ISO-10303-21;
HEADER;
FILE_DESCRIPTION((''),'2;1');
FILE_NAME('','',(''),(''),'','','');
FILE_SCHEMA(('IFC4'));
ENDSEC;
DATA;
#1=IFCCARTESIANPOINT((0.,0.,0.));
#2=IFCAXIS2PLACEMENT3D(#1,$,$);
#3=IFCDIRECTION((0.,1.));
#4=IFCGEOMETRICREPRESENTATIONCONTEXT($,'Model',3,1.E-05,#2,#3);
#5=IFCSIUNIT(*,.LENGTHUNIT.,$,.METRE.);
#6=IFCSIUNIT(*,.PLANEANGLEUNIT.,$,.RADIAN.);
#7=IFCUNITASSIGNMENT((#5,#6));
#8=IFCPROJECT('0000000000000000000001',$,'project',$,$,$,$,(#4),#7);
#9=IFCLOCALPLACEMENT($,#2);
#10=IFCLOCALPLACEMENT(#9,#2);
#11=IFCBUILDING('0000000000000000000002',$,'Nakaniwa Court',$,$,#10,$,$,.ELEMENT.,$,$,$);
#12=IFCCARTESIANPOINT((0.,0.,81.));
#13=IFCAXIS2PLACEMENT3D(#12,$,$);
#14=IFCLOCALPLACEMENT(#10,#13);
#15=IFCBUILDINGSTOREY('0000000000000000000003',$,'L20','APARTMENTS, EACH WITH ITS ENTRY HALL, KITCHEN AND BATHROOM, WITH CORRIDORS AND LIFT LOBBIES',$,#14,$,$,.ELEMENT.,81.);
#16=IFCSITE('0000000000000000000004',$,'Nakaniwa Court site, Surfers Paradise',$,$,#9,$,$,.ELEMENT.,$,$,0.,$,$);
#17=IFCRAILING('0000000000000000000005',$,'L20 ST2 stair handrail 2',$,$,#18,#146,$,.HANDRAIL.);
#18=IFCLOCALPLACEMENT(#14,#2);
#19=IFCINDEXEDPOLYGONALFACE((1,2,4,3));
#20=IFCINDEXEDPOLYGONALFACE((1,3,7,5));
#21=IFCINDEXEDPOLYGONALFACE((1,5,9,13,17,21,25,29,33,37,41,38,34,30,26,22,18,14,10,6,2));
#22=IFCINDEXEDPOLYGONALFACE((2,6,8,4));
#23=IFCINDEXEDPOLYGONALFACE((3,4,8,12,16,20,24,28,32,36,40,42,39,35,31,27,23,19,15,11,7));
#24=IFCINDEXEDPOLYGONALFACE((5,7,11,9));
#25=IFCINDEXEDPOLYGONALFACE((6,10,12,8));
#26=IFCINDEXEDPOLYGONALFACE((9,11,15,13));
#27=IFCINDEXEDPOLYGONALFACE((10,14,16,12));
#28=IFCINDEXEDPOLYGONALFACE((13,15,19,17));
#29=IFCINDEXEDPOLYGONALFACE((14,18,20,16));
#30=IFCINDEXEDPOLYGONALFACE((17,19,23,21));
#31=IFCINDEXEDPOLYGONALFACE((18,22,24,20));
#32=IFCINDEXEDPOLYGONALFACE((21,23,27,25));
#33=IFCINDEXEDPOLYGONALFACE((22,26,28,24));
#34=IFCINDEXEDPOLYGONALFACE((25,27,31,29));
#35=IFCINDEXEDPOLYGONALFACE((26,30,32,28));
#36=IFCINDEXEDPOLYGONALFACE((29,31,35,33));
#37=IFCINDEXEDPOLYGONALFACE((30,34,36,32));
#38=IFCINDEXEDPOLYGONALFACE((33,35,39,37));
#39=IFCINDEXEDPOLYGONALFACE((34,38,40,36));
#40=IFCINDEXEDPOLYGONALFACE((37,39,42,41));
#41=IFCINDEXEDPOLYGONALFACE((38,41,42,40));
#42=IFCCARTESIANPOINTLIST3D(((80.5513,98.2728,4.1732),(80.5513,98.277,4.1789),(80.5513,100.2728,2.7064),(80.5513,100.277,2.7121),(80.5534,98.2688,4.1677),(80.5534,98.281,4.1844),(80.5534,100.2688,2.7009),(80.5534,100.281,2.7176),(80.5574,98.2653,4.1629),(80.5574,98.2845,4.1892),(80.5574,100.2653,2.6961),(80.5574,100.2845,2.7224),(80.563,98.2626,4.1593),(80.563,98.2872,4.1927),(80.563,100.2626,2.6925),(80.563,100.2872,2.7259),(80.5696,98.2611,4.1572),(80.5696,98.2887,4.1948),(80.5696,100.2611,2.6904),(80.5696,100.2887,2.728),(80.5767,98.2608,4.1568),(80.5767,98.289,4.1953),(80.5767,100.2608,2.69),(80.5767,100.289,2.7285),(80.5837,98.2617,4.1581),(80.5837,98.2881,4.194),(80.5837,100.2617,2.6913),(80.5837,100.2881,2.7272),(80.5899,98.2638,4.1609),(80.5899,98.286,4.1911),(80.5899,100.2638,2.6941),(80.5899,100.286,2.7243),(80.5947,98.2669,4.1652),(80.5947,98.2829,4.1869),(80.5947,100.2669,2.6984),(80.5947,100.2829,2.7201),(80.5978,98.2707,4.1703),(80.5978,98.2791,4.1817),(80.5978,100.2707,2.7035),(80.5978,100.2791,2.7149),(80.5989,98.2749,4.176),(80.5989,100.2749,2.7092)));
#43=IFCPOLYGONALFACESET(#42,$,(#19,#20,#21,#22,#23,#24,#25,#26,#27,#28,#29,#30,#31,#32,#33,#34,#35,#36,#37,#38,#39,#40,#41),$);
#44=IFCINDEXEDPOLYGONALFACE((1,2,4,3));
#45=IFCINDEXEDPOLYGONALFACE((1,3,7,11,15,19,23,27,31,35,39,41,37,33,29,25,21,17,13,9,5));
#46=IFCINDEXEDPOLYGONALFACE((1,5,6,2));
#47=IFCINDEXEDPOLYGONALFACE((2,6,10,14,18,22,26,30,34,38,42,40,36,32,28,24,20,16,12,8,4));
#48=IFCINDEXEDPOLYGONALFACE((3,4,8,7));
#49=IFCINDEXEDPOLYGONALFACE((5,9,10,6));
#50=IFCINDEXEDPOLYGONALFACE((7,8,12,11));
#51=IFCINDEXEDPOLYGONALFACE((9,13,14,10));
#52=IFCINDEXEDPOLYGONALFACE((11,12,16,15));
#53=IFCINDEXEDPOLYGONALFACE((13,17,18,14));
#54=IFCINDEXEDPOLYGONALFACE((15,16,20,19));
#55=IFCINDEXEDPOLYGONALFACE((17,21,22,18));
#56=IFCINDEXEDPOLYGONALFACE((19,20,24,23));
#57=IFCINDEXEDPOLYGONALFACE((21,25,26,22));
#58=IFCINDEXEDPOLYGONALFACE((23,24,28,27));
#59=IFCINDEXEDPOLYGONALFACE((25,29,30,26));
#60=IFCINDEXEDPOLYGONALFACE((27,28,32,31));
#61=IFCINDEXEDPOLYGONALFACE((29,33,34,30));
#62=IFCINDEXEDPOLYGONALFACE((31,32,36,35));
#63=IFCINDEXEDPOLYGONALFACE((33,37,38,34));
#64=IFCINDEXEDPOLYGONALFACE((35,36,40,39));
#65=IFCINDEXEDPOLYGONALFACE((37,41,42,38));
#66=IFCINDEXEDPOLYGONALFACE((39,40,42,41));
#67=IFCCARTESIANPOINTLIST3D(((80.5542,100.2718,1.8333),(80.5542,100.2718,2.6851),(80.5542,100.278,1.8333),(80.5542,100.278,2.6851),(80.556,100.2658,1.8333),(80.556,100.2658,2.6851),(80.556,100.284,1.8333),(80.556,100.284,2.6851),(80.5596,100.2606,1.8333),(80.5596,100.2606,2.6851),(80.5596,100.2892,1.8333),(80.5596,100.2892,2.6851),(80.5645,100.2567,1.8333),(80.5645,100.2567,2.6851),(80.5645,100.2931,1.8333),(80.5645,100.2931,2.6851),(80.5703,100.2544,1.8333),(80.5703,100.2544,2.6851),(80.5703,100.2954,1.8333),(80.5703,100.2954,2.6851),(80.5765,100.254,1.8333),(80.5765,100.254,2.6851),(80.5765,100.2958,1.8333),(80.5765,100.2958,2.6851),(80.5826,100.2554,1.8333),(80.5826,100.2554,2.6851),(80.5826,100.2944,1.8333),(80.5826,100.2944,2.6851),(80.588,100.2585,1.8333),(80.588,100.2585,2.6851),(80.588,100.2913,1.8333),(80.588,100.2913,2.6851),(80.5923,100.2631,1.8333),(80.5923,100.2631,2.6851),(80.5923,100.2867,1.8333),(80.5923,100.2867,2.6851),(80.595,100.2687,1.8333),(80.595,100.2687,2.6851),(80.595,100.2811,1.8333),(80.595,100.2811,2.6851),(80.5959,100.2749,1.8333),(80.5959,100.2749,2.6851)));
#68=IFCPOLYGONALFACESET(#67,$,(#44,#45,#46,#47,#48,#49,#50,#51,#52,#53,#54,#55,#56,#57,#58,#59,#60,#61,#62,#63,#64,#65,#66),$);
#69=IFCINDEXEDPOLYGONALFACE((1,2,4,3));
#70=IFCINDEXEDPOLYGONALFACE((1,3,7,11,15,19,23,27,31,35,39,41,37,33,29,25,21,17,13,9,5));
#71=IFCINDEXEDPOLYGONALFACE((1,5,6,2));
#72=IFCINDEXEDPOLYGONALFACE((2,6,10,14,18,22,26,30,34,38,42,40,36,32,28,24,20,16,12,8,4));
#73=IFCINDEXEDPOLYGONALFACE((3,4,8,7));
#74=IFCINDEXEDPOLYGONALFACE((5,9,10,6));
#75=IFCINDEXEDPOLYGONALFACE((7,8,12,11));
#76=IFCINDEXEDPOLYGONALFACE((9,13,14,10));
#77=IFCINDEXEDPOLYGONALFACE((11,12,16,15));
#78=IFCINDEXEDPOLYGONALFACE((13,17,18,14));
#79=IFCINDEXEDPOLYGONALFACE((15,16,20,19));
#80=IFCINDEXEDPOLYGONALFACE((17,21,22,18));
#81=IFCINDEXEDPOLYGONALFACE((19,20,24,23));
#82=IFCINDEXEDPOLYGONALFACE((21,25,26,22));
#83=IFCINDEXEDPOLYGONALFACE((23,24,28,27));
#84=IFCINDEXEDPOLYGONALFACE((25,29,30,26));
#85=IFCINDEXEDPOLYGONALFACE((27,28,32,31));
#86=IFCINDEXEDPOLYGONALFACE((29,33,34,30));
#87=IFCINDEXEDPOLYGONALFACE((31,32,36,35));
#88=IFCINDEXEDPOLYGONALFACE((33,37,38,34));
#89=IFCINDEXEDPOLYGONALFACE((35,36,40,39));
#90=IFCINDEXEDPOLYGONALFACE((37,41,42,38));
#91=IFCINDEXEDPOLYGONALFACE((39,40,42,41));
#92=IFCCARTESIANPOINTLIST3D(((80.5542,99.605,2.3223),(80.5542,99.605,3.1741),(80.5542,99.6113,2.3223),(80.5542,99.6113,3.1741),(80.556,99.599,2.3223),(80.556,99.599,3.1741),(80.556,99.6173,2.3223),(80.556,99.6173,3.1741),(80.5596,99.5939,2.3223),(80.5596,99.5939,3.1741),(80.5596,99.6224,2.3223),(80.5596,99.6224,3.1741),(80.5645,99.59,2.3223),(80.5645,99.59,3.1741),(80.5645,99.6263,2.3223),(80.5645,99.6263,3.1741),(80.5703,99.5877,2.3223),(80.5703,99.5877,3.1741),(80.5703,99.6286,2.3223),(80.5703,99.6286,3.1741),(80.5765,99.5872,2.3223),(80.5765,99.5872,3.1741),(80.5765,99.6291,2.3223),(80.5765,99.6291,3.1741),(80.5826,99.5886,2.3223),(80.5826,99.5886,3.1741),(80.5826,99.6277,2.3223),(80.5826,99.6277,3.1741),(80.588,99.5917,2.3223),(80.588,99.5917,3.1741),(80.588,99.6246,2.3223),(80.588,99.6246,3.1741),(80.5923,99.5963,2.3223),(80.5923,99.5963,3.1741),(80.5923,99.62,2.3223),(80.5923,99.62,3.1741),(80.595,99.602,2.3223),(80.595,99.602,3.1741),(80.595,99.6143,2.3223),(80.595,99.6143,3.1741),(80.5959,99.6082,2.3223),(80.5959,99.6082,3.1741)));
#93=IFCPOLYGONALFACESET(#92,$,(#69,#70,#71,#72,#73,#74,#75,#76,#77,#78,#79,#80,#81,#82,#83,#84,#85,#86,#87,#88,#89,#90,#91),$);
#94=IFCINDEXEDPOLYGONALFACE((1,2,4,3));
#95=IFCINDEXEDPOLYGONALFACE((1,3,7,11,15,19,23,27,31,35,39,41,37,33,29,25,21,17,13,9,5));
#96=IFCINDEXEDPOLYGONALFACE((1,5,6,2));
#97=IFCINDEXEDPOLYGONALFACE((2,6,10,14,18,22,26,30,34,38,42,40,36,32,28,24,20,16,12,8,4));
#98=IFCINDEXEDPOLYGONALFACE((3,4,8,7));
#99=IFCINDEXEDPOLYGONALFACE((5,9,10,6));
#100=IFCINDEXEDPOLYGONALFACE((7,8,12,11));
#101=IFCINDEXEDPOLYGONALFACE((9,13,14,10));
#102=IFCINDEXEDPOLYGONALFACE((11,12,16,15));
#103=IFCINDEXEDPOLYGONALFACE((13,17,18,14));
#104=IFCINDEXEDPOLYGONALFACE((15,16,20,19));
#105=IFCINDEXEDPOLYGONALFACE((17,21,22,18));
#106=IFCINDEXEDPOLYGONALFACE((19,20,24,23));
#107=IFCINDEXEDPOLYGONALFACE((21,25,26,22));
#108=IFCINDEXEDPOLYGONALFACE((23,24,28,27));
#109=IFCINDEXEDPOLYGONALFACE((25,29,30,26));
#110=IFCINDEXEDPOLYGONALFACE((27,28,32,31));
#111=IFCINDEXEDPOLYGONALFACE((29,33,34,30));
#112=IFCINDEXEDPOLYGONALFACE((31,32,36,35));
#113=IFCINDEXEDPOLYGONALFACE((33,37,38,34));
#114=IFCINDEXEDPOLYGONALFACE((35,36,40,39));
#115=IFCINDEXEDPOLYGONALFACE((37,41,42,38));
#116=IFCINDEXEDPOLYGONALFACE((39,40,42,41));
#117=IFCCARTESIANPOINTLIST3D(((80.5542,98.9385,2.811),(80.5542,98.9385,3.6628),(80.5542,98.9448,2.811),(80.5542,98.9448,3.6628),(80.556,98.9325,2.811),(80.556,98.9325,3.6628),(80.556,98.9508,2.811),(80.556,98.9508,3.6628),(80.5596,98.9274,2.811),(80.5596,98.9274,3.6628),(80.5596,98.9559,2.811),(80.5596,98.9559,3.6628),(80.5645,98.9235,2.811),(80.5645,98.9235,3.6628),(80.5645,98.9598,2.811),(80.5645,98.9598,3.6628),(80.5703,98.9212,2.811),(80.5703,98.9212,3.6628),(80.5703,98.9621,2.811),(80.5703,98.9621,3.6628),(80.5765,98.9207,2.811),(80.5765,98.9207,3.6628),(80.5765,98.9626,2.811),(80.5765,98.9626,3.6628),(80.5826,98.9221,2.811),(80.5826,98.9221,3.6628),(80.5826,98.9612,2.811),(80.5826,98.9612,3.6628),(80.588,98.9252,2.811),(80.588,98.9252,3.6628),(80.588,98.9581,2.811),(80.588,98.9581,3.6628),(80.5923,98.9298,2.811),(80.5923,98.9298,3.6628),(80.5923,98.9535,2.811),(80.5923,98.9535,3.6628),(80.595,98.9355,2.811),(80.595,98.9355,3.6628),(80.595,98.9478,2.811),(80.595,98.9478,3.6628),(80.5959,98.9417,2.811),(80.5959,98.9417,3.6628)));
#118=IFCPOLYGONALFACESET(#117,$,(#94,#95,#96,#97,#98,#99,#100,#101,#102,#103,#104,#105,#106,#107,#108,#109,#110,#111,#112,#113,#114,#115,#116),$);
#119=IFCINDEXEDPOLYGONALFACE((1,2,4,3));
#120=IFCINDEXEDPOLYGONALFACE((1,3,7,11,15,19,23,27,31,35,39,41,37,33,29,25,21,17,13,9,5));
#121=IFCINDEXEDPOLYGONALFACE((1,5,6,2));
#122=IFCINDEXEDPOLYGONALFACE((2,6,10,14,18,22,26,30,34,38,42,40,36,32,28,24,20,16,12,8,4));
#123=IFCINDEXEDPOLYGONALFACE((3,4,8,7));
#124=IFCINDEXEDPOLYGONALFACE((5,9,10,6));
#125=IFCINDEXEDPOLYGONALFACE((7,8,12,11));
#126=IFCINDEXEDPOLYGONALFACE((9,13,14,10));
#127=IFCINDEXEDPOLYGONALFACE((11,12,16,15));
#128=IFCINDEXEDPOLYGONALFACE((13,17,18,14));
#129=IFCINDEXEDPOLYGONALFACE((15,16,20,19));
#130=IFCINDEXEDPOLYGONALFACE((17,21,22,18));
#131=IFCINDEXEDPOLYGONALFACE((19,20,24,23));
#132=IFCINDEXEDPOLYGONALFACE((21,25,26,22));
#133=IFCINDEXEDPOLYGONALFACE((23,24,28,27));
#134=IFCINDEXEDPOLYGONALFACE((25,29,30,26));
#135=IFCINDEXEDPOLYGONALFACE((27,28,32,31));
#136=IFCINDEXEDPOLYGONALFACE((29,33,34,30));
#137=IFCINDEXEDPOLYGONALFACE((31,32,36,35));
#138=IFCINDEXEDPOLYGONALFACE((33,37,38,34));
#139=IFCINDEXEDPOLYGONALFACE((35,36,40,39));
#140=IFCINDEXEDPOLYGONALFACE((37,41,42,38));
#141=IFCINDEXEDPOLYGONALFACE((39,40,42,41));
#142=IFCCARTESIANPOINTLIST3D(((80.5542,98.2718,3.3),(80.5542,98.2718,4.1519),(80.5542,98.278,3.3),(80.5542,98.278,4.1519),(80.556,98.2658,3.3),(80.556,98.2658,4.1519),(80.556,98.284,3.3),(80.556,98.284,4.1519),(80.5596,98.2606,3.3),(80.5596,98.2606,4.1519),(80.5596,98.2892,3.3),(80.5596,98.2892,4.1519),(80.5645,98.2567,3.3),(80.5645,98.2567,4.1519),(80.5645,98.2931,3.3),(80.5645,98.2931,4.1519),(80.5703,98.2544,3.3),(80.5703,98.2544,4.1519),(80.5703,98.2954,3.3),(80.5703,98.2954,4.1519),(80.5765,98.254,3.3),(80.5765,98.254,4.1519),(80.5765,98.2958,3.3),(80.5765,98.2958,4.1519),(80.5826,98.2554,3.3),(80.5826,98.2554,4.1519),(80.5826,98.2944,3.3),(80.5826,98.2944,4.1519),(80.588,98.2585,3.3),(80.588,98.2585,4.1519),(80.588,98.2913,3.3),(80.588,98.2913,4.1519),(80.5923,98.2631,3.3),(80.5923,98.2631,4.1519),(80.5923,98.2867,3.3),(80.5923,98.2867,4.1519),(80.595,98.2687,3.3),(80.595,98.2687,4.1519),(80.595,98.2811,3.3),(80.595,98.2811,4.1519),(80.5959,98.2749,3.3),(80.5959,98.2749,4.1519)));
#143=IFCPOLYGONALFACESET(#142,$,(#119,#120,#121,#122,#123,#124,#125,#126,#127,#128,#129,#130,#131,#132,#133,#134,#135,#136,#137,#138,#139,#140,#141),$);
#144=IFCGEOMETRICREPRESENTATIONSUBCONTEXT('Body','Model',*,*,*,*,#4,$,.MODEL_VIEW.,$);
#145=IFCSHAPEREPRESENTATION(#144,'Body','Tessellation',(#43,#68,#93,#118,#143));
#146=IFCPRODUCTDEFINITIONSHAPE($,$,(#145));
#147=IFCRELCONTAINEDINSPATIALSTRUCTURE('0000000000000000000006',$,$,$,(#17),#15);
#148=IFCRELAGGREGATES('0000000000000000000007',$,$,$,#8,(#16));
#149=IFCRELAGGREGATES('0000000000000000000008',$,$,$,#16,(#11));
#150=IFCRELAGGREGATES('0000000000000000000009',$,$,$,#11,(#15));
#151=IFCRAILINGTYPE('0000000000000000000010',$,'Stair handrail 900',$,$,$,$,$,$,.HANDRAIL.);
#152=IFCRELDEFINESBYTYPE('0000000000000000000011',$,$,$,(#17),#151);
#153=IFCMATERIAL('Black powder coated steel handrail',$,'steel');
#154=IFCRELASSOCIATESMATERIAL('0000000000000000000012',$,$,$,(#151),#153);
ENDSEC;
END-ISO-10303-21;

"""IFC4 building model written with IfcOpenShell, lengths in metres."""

from ifc_helpers import new_model, si_unit, direction, frame, origin, origin_2d, place, context, subcontext, project, spatial, circle, extrude, material, type_object, element, save


model = new_model("IFC4")

# Units and contexts
model_context = context("Model", 3, precision=1e-05, world=origin(), true_north=direction((0.0, 1.0)))
body_context = subcontext(model_context, "Body", "Model", "MODEL_VIEW")
ifc_project = project(units=[si_unit("LENGTHUNIT", "METRE"), si_unit("PLANEANGLEUNIT", "RADIAN")], contexts=[model_context])

# Site, building, storey
site_placement = place(None, origin())
site = spatial("IfcSite", under=ifc_project, at=site_placement, Name="Nakaniwa Court site, Surfers Paradise", CompositionType="ELEMENT", RefElevation=0.0)
building_placement = place(site_placement, origin())
building = spatial("IfcBuilding", under=site, at=building_placement, Name="Nakaniwa Court", CompositionType="ELEMENT")
storey_placement = place(building_placement, frame((0.0, 0.0, 81.0)))
storey = spatial("IfcBuildingStorey", under=building, at=storey_placement, Name="L20", Description="APARTMENTS, EACH WITH ITS ENTRY HALL, KITCHEN AND BATHROOM, WITH CORRIDORS AND LIFT LOBBIES", CompositionType="ELEMENT", Elevation=81.0)

# Railing
ifc_material_1 = material(Name="Black powder coated steel handrail", Category="steel")
railing_type_1 = type_object("IfcRailingType", Name="Stair handrail 900", PredefinedType="HANDRAIL", material=ifc_material_1)
railing_1_placement = place(storey_placement, frame((80.575, 100.2749, 1.8333)))
element("IfcRailing", 1, at=railing_1_placement, inside=storey, type_object=railing_type_1, Name="L20 ST2 stair handrail 2", PredefinedType="HANDRAIL", context=body_context, shape_type="SweptSolid", body=[
    extrude(circle(Radius=0.0239, at=origin_2d()), frame((0.0, 0.0, 0.876), z_axis=(0.0, -0.80638, 0.591398), x_axis=(1.0, 0.0, 0.0)), (0.0, 0.0, 1.0), 2.4802),
    extrude(circle(Radius=0.021, at=origin_2d()), origin(), (0.0, 0.0, 1.0), 0.8518),
    extrude(circle(Radius=0.021, at=origin_2d()), frame((0.0, -0.6667, 0.489)), (0.0, 0.0, 1.0), 0.8518),
    extrude(circle(Radius=0.021, at=origin_2d()), frame((0.0, -1.3333, 0.9778)), (0.0, 0.0, 1.0), 0.8518),
    extrude(circle(Radius=0.021, at=origin_2d()), frame((0.0, -2.0, 1.4668)), (0.0, 0.0, 1.0), 0.8518),
])

save(model, "model.ifc")
